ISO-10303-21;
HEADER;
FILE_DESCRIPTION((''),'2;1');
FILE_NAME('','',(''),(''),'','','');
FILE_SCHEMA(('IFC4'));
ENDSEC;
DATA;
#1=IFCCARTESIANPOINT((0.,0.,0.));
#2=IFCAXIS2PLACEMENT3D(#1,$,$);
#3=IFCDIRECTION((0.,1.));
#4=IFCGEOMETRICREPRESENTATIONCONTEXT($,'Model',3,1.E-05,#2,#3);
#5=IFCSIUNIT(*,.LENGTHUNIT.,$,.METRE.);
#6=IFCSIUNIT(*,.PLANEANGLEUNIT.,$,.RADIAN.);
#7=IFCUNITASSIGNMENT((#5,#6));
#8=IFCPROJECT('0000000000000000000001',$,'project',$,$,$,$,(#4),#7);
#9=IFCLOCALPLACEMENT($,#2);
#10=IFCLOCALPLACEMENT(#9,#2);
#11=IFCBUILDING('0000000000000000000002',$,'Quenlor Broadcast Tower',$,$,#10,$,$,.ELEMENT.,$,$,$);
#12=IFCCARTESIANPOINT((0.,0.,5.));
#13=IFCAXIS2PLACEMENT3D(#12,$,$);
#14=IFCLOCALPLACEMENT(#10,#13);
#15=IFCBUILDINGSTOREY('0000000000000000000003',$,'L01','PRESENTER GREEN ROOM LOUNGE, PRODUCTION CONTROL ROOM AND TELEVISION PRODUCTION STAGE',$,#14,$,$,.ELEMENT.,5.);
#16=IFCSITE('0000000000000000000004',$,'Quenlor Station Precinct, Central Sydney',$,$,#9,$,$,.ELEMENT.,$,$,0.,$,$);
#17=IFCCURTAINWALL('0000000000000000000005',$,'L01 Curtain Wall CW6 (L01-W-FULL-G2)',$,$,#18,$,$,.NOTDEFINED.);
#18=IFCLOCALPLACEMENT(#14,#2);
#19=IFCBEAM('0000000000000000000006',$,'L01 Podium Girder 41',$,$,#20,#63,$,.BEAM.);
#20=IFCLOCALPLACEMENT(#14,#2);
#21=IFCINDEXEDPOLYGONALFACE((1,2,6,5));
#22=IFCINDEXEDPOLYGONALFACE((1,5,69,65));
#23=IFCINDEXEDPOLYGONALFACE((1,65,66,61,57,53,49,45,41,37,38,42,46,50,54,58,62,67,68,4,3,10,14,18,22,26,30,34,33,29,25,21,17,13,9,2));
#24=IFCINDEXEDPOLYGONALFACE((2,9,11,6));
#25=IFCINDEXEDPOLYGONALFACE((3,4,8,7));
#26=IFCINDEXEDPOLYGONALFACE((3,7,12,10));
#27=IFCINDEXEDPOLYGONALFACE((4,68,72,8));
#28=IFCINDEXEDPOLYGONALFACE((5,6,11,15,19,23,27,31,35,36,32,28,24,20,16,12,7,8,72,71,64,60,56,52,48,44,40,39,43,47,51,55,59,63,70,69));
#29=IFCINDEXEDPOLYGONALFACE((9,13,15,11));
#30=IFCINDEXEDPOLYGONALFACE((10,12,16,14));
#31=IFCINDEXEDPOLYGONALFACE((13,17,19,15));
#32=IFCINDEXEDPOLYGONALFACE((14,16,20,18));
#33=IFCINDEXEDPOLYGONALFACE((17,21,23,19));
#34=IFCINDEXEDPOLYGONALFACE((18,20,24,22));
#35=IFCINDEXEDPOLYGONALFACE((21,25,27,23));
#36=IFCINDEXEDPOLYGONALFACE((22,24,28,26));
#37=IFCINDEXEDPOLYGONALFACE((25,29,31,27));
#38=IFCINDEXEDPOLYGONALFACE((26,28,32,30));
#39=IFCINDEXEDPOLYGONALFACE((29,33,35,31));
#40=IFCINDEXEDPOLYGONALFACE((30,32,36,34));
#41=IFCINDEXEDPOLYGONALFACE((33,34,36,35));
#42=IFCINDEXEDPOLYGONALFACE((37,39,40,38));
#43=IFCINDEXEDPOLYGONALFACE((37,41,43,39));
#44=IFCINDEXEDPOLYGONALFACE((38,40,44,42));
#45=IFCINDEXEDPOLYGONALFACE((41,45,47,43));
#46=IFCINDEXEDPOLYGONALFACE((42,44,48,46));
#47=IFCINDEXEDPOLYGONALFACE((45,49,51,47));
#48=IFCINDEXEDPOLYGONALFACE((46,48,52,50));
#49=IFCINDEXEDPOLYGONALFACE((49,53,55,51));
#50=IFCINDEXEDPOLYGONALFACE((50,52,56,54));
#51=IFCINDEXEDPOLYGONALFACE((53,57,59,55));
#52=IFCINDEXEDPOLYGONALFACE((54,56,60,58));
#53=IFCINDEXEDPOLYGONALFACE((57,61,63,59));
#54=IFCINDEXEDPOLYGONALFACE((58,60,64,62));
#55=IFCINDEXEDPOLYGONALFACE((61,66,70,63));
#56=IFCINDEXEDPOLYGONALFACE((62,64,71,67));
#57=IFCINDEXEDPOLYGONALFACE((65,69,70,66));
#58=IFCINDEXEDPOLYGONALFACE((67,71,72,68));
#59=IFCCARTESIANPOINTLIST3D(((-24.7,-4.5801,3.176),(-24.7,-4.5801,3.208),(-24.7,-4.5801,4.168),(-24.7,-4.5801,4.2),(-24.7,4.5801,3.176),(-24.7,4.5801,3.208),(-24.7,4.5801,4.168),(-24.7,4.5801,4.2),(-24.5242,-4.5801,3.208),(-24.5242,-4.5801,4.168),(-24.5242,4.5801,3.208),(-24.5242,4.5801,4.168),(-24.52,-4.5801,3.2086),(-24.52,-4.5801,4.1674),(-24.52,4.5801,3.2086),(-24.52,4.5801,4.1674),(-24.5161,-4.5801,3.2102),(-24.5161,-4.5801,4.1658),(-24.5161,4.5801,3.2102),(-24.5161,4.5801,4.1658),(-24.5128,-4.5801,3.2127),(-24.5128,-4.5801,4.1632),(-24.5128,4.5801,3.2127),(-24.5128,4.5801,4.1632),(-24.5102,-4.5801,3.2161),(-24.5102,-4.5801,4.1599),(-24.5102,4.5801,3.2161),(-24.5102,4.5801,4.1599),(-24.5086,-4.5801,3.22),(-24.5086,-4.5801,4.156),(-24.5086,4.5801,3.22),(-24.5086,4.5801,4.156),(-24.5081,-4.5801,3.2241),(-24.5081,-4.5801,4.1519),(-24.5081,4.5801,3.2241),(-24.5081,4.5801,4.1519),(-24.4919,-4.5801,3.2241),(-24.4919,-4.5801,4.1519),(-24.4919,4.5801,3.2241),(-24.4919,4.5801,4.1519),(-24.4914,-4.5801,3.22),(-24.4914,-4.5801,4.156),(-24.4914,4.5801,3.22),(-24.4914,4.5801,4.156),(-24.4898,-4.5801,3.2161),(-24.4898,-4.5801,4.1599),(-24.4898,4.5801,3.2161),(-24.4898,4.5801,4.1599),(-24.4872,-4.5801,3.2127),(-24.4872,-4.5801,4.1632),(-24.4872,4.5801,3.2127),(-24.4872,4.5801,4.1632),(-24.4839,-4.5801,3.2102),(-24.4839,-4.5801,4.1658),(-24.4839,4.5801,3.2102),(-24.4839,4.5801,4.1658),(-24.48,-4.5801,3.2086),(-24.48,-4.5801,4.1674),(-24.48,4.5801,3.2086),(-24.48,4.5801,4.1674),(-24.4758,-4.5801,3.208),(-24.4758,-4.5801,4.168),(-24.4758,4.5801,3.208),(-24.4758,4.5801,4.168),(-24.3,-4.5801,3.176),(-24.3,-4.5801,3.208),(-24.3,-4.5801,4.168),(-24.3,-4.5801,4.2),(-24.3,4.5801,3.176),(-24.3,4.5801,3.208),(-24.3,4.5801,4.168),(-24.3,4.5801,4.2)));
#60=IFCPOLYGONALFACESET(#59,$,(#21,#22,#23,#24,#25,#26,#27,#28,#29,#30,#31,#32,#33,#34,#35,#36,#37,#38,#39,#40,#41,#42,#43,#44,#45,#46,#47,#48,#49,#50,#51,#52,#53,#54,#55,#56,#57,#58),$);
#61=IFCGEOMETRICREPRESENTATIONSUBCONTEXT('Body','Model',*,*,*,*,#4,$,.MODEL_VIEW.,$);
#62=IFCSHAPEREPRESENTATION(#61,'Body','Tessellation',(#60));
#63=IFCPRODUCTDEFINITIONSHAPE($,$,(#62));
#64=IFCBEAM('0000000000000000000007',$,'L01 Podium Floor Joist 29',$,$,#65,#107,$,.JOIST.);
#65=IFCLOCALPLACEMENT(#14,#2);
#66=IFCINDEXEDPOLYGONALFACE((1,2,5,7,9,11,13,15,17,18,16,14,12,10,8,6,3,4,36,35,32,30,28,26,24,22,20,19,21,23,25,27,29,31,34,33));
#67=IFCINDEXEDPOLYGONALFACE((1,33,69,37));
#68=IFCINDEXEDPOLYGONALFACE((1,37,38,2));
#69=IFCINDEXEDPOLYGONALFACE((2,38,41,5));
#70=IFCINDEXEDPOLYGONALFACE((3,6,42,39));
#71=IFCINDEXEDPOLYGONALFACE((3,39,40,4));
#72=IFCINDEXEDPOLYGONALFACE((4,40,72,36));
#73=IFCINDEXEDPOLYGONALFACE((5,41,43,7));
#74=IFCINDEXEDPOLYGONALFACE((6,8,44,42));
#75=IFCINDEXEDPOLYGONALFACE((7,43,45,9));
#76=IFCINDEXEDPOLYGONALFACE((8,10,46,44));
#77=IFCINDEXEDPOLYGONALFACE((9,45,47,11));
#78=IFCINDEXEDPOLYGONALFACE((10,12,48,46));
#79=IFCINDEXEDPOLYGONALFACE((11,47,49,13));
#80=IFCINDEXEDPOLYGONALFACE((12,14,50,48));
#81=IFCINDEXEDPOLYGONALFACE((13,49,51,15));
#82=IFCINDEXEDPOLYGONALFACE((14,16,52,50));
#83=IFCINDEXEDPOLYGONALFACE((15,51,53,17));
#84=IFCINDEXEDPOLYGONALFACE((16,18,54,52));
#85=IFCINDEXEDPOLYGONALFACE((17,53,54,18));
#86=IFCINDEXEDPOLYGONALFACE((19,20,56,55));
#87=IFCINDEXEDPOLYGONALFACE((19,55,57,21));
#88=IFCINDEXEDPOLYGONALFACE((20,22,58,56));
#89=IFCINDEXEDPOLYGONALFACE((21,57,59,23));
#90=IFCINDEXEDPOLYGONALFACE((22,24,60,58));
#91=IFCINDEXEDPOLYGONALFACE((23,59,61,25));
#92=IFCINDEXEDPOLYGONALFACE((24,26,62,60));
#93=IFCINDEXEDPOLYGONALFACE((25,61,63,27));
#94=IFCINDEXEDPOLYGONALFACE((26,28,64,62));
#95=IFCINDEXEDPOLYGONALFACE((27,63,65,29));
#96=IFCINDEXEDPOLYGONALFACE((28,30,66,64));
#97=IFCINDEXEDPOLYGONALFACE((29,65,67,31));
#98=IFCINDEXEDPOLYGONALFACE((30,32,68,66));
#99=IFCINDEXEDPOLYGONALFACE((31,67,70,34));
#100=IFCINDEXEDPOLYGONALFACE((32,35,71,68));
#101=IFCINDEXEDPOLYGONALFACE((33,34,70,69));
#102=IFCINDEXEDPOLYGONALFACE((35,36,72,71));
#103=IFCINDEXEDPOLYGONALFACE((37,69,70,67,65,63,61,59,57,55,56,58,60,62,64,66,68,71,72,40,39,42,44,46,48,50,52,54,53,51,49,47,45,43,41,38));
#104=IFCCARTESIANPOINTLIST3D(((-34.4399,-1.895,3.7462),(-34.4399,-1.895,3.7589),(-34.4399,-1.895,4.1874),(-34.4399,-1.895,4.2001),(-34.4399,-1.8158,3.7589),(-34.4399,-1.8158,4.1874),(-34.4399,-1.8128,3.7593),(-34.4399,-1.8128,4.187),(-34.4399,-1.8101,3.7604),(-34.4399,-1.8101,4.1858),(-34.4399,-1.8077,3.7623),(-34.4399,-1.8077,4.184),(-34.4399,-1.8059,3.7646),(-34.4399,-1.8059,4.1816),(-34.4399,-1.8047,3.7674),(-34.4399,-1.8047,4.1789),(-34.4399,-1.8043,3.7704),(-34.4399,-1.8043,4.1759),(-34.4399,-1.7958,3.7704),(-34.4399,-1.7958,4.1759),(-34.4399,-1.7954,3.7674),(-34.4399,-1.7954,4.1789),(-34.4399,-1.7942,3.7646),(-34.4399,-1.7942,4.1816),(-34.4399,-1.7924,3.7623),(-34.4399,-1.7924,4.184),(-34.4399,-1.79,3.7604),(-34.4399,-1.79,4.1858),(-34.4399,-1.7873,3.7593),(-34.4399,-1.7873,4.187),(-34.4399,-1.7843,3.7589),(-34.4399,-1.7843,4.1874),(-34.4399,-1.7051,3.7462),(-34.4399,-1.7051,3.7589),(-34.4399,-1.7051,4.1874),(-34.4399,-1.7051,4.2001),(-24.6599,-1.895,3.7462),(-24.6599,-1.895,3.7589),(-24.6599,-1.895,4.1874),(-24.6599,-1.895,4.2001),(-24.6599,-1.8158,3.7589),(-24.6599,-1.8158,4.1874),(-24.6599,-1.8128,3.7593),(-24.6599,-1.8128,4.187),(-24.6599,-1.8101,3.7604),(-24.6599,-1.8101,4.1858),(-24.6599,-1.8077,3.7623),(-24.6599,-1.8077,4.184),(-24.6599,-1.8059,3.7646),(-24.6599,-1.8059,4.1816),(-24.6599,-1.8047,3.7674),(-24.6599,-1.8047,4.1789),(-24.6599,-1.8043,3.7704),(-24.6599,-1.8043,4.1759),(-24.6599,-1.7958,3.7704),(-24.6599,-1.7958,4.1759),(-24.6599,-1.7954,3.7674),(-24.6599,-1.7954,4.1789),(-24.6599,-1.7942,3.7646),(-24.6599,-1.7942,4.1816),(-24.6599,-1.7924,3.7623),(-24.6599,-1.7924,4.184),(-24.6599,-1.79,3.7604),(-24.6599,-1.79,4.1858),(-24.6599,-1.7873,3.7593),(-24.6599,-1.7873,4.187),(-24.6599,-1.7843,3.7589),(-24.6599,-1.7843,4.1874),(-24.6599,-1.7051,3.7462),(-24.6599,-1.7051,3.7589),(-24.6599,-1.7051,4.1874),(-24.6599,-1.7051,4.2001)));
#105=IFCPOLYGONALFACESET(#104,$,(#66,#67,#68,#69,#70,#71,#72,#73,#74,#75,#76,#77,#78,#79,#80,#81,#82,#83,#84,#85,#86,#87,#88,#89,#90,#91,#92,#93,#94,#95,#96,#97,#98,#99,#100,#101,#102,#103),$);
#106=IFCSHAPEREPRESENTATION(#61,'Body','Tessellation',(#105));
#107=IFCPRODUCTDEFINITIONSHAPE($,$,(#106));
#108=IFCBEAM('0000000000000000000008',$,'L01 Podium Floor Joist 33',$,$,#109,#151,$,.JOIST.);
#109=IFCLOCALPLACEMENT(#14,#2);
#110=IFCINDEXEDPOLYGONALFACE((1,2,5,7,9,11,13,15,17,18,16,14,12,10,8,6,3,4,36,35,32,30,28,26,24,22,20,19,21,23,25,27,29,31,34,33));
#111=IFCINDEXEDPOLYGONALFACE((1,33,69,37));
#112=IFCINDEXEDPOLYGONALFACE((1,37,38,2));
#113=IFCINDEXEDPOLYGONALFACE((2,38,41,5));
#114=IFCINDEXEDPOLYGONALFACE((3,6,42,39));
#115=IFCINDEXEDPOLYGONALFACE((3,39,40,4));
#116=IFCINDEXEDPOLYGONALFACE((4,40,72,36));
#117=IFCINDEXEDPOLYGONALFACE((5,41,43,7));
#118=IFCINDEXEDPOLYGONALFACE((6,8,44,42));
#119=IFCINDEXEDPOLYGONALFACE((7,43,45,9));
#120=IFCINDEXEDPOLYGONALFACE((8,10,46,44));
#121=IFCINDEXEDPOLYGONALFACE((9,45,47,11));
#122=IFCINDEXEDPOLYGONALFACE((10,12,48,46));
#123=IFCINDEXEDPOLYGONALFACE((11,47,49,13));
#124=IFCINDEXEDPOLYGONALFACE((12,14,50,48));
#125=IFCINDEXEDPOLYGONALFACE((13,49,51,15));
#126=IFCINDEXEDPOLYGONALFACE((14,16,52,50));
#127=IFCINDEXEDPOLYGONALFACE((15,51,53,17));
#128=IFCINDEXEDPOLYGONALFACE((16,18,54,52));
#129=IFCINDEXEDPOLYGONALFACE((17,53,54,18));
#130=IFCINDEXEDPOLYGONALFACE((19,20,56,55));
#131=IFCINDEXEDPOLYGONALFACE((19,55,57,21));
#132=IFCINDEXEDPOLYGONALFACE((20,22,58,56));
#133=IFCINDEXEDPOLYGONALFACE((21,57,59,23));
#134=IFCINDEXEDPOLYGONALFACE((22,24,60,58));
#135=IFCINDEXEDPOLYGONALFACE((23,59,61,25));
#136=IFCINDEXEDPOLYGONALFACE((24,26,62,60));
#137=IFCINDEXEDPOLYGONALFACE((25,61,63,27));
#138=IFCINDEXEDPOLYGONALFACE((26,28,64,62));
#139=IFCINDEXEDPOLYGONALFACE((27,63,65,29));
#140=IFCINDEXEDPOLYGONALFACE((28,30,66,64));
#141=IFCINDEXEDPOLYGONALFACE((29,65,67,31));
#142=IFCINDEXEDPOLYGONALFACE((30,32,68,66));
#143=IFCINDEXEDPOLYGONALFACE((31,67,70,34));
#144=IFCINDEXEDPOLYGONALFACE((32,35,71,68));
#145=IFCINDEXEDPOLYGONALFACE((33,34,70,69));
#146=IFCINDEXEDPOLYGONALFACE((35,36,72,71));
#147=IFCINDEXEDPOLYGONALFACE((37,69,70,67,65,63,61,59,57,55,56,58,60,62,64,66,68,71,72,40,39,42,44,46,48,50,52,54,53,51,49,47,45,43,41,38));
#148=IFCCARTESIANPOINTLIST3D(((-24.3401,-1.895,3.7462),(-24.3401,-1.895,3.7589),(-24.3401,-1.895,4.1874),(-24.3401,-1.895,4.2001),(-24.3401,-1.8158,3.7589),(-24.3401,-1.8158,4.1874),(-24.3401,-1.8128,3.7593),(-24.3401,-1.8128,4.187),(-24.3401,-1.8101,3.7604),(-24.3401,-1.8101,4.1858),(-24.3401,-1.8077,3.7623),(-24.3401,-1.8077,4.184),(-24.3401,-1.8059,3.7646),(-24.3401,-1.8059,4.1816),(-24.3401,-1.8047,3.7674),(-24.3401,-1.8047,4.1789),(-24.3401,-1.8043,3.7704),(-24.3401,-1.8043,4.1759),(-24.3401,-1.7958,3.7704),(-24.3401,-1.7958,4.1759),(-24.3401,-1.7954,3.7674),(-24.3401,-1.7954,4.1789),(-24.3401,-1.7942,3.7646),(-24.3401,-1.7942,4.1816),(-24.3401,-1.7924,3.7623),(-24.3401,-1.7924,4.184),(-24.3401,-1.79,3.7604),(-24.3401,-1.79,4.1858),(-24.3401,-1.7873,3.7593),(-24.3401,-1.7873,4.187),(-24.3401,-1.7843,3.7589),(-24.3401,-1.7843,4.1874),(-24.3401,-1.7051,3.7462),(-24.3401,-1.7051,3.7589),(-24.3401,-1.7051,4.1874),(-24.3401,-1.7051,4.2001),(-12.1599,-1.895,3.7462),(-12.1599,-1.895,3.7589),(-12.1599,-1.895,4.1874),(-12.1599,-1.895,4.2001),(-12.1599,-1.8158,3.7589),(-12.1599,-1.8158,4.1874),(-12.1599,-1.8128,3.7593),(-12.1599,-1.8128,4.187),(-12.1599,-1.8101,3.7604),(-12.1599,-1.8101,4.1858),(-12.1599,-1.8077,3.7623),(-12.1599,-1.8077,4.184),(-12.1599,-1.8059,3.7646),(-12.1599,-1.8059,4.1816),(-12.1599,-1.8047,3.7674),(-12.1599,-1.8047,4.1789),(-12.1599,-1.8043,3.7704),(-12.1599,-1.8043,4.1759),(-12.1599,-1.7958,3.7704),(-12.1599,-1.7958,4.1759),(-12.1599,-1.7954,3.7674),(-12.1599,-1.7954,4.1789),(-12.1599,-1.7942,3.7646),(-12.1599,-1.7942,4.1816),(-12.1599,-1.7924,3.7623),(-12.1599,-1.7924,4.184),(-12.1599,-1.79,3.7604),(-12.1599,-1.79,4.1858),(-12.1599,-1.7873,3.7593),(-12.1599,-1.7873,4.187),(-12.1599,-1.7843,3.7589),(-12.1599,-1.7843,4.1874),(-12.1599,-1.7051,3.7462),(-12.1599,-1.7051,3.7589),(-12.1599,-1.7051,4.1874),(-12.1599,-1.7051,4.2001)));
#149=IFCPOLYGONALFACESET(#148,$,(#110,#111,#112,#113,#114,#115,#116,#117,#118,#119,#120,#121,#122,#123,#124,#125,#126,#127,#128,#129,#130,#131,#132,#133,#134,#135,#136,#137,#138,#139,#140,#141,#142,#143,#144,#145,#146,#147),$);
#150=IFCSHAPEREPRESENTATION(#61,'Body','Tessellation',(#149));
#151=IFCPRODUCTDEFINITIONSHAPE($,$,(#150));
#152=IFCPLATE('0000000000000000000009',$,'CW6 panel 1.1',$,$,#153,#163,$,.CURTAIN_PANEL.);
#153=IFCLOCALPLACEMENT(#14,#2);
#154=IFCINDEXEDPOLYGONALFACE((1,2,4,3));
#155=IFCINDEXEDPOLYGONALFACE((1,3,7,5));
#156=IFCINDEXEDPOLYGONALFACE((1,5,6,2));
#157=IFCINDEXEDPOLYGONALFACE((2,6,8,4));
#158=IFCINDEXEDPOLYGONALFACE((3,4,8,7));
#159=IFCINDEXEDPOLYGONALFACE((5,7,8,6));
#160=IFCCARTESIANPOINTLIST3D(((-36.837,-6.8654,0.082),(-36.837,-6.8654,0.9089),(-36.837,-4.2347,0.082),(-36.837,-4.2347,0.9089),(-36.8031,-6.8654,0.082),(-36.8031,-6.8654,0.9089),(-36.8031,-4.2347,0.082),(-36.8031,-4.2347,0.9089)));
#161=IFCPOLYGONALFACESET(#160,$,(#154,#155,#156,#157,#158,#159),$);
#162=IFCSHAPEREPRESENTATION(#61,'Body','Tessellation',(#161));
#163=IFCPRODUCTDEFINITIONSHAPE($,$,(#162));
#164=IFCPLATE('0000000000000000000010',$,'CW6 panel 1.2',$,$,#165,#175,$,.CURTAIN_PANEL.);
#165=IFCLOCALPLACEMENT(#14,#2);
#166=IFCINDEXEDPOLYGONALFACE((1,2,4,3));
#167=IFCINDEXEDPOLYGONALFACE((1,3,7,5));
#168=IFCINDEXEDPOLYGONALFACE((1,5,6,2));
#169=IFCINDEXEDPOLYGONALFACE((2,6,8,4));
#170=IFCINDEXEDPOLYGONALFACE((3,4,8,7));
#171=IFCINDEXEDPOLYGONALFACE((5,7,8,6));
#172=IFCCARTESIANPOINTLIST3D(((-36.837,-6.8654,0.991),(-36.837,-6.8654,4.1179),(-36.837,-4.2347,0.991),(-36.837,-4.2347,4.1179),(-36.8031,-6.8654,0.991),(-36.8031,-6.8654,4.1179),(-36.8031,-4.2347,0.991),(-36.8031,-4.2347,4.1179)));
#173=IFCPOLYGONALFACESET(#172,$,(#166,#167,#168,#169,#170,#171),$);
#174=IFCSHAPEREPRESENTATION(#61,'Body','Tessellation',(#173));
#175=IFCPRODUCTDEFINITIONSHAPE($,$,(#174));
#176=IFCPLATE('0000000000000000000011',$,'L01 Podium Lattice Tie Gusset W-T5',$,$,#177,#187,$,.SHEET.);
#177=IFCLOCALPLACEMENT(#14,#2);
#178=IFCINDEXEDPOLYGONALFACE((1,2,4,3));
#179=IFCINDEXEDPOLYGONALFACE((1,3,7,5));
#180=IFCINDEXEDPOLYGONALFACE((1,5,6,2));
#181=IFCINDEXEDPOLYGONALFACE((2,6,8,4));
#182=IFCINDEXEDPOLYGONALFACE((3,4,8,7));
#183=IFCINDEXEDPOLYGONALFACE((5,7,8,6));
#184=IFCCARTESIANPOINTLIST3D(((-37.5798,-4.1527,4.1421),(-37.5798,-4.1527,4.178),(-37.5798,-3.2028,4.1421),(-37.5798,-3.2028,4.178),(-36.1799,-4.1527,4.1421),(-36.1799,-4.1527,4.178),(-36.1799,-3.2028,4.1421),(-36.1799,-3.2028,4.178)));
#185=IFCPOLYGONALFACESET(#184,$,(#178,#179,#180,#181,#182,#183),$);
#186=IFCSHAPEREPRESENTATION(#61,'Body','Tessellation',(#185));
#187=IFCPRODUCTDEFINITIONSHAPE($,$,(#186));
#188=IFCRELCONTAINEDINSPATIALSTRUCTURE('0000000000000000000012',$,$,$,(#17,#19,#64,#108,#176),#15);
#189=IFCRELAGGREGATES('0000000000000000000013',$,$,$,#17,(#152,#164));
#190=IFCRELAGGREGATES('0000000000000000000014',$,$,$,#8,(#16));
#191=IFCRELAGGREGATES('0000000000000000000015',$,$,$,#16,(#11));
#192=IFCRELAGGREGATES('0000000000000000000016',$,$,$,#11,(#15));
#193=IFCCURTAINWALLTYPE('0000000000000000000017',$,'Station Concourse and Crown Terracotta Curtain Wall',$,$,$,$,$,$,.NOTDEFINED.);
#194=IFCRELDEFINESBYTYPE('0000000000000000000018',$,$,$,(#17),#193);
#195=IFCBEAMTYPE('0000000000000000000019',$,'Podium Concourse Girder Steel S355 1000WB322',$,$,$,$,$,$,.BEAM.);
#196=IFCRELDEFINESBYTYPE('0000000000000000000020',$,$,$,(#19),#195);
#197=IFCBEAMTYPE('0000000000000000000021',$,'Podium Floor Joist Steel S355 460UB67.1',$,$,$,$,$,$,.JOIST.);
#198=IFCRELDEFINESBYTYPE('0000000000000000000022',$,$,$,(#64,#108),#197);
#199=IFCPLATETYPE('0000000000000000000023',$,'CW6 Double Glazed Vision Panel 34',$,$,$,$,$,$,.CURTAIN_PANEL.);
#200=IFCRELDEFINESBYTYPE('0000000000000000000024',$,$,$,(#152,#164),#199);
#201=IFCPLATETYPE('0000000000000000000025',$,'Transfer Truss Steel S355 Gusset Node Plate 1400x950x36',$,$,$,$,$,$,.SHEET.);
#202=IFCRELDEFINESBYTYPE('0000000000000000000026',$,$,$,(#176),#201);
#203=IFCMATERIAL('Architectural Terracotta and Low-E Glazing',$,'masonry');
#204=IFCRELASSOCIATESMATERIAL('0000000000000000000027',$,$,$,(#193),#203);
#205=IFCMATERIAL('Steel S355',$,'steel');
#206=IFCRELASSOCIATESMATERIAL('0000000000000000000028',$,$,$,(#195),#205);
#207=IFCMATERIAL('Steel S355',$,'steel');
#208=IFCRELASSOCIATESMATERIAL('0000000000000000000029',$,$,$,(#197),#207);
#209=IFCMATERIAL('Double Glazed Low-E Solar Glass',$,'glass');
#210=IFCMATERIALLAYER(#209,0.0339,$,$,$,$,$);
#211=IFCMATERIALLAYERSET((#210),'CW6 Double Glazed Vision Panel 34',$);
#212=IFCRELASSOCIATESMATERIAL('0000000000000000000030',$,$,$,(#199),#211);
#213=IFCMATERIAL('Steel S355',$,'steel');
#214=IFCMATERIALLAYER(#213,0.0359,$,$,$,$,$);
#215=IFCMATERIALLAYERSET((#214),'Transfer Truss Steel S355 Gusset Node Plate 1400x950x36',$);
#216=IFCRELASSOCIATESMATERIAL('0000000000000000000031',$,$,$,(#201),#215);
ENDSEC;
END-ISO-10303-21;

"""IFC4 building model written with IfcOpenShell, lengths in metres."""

from ifc_helpers import new_model, si_unit, direction, frame, origin, origin_2d, place, context, subcontext, project, spatial, rectangle, i_section, extrude, material, layer, layer_set, material_profile, profile_set, type_object, element, aggregate, save


model = new_model("IFC4")

# Units and contexts
model_context = context("Model", 3, precision=1e-05, world=origin(), true_north=direction((0.0, 1.0)))
body_context = subcontext(model_context, "Body", "Model", "MODEL_VIEW")
ifc_project = project(units=[si_unit("LENGTHUNIT", "METRE"), si_unit("PLANEANGLEUNIT", "RADIAN")], contexts=[model_context])

# Site, building, storey
site_placement = place(None, origin())
site = spatial("IfcSite", under=ifc_project, at=site_placement, Name="Quenlor Station Precinct, Central Sydney", CompositionType="ELEMENT", RefElevation=0.0)
building_placement = place(site_placement, origin())
building = spatial("IfcBuilding", under=site, at=building_placement, Name="Quenlor Broadcast Tower", CompositionType="ELEMENT")
storey_placement = place(building_placement, frame((0.0, 0.0, 5.0)))
storey = spatial("IfcBuildingStorey", under=building, at=storey_placement, Name="L01", Description="PRESENTER GREEN ROOM LOUNGE, PRODUCTION CONTROL ROOM AND TELEVISION PRODUCTION STAGE", CompositionType="ELEMENT", Elevation=5.0)

# Curtain wall
ifc_material_1 = material(Name="Architectural Terracotta and Low-E Glazing", Category="masonry")
curtain_wall_type = type_object("IfcCurtainWallType", Name="Station Concourse and Crown Terracotta Curtain Wall", PredefinedType="NOTDEFINED", material=ifc_material_1)
curtain_wall_placement = place(storey_placement, origin())
curtain_wall = element("IfcCurtainWall", 1, at=curtain_wall_placement, inside=storey, type_object=curtain_wall_type, Name="L01 Curtain Wall CW6 (L01-W-FULL-G2)", PredefinedType="NOTDEFINED")

# Beams
ifc_material_2 = material(Name="Steel S355", Category="steel")
ifc_material_profile_1 = material_profile(ifc_material_2, i_section(OverallWidth=0.3999, OverallDepth=1.0239, WebThickness=0.0161, FlangeThickness=0.032, FilletRadius=0.0161, at=origin_2d()))
ifc_profile_set_1 = profile_set([ifc_material_profile_1], Name="Steel S355 1000WB322")
beam_type_1 = type_object("IfcBeamType", Name="Podium Concourse Girder Steel S355 1000WB322", PredefinedType="BEAM", material=ifc_profile_set_1)
for number, where, z_axis, x_axis, name in (
    (2, (-24.5, -4.5801, 3.688), (0.0, 1.0, 0.0), (-1.0, 0.0, 0.0), "L01 Podium Girder 41"),
):
    element("IfcBeam", number, at=place(storey_placement, frame(where, z_axis=z_axis, x_axis=x_axis)), inside=storey, type_object=beam_type_1, Name=name, PredefinedType="BEAM", context=body_context, shape_type="SweptSolid", body=[
        extrude(i_section(OverallWidth=0.3999, OverallDepth=1.0239, WebThickness=0.0161, FlangeThickness=0.032, FilletRadius=0.0161, at=origin_2d()), origin(), (0.0, 0.0, 1.0), 9.1602),
    ])
ifc_material_3 = material(Name="Steel S355", Category="steel")
ifc_material_profile_2 = material_profile(ifc_material_3, i_section(OverallWidth=0.1899, OverallDepth=0.4539, WebThickness=0.0085, FlangeThickness=0.0127, FilletRadius=0.0115, at=origin_2d()))
ifc_profile_set_2 = profile_set([ifc_material_profile_2], Name="Steel S355 460UB67.1")
beam_type_2 = type_object("IfcBeamType", Name="Podium Floor Joist Steel S355 460UB67.1", PredefinedType="JOIST", material=ifc_profile_set_2)
beam_1_placement = place(storey_placement, frame((-34.4399, -1.8, 3.9731), z_axis=(1.0, 0.0, 0.0), x_axis=(0.0, 1.0, 0.0)))
element("IfcBeam", 3, at=beam_1_placement, inside=storey, type_object=beam_type_2, Name="L01 Podium Floor Joist 29", PredefinedType="JOIST", context=body_context, shape_type="SweptSolid", body=[
    extrude(i_section(OverallWidth=0.1899, OverallDepth=0.4539, WebThickness=0.0085, FlangeThickness=0.0127, FilletRadius=0.0115, at=origin_2d()), origin(), (0.0, 0.0, 1.0), 9.78),
])
beam_2_placement = place(storey_placement, frame((-24.3401, -1.8, 3.9731), z_axis=(1.0, 0.0, 0.0), x_axis=(0.0, 1.0, 0.0)))
element("IfcBeam", 4, at=beam_2_placement, inside=storey, type_object=beam_type_2, Name="L01 Podium Floor Joist 33", PredefinedType="JOIST", context=body_context, shape_type="SweptSolid", body=[
    extrude(i_section(OverallWidth=0.1899, OverallDepth=0.4539, WebThickness=0.0085, FlangeThickness=0.0127, FilletRadius=0.0115, at=origin_2d()), origin(), (0.0, 0.0, 1.0), 12.1802),
])

# Plates
ifc_material_4 = material(Name="Double Glazed Low-E Solar Glass", Category="glass")
ifc_layer_1 = layer(ifc_material_4, 0.0339)
ifc_layer_set_1 = layer_set([ifc_layer_1], Name="CW6 Double Glazed Vision Panel 34")
plate_type_1 = type_object("IfcPlateType", Name="CW6 Double Glazed Vision Panel 34", PredefinedType="CURTAIN_PANEL", material=ifc_layer_set_1)
plate_1_placement = place(storey_placement, frame((-36.8201, -5.55, 0.082), z_axis=(0.0, 0.0, 1.0), x_axis=(0.0, 1.0, 0.0)))
plate_1 = element("IfcPlate", 5, at=plate_1_placement, type_object=plate_type_1, Name="CW6 panel 1.1", PredefinedType="CURTAIN_PANEL", context=body_context, shape_type="SweptSolid", body=[
    extrude(rectangle(XDim=2.6306, YDim=0.0339, at=origin_2d()), origin(), (0.0, 0.0, 1.0), 0.8269),
])
plate_2_placement = place(storey_placement, frame((-36.8201, -5.55, 0.991), z_axis=(0.0, 0.0, 1.0), x_axis=(0.0, 1.0, 0.0)))
plate_2 = element("IfcPlate", 6, at=plate_2_placement, type_object=plate_type_1, Name="CW6 panel 1.2", PredefinedType="CURTAIN_PANEL", context=body_context, shape_type="SweptSolid", body=[
    extrude(rectangle(XDim=2.6306, YDim=0.0339, at=origin_2d()), origin(), (0.0, 0.0, 1.0), 3.127),
])
aggregate(curtain_wall, [plate_1, plate_2])
ifc_material_5 = material(Name="Steel S355", Category="steel")
ifc_layer_2 = layer(ifc_material_5, 0.0359)
ifc_layer_set_2 = layer_set([ifc_layer_2], Name="Transfer Truss Steel S355 Gusset Node Plate 1400x950x36")
plate_type_2 = type_object("IfcPlateType", Name="Transfer Truss Steel S355 Gusset Node Plate 1400x950x36", PredefinedType="SHEET", material=ifc_layer_set_2)
plate_3_placement = place(storey_placement, frame((-36.8799, -3.6777, 4.1421), z_axis=(0.0, 0.0, 1.0), x_axis=(-1.0, 0.0, 0.0)))
element("IfcPlate", 7, at=plate_3_placement, inside=storey, type_object=plate_type_2, Name="L01 Podium Lattice Tie Gusset W-T5", PredefinedType="SHEET", context=body_context, shape_type="SweptSolid", body=[
    extrude(rectangle(XDim=1.3999, YDim=0.95, at=origin_2d()), origin(), (0.0, 0.0, 1.0), 0.0359),
])

save(model, "model.ifc")
